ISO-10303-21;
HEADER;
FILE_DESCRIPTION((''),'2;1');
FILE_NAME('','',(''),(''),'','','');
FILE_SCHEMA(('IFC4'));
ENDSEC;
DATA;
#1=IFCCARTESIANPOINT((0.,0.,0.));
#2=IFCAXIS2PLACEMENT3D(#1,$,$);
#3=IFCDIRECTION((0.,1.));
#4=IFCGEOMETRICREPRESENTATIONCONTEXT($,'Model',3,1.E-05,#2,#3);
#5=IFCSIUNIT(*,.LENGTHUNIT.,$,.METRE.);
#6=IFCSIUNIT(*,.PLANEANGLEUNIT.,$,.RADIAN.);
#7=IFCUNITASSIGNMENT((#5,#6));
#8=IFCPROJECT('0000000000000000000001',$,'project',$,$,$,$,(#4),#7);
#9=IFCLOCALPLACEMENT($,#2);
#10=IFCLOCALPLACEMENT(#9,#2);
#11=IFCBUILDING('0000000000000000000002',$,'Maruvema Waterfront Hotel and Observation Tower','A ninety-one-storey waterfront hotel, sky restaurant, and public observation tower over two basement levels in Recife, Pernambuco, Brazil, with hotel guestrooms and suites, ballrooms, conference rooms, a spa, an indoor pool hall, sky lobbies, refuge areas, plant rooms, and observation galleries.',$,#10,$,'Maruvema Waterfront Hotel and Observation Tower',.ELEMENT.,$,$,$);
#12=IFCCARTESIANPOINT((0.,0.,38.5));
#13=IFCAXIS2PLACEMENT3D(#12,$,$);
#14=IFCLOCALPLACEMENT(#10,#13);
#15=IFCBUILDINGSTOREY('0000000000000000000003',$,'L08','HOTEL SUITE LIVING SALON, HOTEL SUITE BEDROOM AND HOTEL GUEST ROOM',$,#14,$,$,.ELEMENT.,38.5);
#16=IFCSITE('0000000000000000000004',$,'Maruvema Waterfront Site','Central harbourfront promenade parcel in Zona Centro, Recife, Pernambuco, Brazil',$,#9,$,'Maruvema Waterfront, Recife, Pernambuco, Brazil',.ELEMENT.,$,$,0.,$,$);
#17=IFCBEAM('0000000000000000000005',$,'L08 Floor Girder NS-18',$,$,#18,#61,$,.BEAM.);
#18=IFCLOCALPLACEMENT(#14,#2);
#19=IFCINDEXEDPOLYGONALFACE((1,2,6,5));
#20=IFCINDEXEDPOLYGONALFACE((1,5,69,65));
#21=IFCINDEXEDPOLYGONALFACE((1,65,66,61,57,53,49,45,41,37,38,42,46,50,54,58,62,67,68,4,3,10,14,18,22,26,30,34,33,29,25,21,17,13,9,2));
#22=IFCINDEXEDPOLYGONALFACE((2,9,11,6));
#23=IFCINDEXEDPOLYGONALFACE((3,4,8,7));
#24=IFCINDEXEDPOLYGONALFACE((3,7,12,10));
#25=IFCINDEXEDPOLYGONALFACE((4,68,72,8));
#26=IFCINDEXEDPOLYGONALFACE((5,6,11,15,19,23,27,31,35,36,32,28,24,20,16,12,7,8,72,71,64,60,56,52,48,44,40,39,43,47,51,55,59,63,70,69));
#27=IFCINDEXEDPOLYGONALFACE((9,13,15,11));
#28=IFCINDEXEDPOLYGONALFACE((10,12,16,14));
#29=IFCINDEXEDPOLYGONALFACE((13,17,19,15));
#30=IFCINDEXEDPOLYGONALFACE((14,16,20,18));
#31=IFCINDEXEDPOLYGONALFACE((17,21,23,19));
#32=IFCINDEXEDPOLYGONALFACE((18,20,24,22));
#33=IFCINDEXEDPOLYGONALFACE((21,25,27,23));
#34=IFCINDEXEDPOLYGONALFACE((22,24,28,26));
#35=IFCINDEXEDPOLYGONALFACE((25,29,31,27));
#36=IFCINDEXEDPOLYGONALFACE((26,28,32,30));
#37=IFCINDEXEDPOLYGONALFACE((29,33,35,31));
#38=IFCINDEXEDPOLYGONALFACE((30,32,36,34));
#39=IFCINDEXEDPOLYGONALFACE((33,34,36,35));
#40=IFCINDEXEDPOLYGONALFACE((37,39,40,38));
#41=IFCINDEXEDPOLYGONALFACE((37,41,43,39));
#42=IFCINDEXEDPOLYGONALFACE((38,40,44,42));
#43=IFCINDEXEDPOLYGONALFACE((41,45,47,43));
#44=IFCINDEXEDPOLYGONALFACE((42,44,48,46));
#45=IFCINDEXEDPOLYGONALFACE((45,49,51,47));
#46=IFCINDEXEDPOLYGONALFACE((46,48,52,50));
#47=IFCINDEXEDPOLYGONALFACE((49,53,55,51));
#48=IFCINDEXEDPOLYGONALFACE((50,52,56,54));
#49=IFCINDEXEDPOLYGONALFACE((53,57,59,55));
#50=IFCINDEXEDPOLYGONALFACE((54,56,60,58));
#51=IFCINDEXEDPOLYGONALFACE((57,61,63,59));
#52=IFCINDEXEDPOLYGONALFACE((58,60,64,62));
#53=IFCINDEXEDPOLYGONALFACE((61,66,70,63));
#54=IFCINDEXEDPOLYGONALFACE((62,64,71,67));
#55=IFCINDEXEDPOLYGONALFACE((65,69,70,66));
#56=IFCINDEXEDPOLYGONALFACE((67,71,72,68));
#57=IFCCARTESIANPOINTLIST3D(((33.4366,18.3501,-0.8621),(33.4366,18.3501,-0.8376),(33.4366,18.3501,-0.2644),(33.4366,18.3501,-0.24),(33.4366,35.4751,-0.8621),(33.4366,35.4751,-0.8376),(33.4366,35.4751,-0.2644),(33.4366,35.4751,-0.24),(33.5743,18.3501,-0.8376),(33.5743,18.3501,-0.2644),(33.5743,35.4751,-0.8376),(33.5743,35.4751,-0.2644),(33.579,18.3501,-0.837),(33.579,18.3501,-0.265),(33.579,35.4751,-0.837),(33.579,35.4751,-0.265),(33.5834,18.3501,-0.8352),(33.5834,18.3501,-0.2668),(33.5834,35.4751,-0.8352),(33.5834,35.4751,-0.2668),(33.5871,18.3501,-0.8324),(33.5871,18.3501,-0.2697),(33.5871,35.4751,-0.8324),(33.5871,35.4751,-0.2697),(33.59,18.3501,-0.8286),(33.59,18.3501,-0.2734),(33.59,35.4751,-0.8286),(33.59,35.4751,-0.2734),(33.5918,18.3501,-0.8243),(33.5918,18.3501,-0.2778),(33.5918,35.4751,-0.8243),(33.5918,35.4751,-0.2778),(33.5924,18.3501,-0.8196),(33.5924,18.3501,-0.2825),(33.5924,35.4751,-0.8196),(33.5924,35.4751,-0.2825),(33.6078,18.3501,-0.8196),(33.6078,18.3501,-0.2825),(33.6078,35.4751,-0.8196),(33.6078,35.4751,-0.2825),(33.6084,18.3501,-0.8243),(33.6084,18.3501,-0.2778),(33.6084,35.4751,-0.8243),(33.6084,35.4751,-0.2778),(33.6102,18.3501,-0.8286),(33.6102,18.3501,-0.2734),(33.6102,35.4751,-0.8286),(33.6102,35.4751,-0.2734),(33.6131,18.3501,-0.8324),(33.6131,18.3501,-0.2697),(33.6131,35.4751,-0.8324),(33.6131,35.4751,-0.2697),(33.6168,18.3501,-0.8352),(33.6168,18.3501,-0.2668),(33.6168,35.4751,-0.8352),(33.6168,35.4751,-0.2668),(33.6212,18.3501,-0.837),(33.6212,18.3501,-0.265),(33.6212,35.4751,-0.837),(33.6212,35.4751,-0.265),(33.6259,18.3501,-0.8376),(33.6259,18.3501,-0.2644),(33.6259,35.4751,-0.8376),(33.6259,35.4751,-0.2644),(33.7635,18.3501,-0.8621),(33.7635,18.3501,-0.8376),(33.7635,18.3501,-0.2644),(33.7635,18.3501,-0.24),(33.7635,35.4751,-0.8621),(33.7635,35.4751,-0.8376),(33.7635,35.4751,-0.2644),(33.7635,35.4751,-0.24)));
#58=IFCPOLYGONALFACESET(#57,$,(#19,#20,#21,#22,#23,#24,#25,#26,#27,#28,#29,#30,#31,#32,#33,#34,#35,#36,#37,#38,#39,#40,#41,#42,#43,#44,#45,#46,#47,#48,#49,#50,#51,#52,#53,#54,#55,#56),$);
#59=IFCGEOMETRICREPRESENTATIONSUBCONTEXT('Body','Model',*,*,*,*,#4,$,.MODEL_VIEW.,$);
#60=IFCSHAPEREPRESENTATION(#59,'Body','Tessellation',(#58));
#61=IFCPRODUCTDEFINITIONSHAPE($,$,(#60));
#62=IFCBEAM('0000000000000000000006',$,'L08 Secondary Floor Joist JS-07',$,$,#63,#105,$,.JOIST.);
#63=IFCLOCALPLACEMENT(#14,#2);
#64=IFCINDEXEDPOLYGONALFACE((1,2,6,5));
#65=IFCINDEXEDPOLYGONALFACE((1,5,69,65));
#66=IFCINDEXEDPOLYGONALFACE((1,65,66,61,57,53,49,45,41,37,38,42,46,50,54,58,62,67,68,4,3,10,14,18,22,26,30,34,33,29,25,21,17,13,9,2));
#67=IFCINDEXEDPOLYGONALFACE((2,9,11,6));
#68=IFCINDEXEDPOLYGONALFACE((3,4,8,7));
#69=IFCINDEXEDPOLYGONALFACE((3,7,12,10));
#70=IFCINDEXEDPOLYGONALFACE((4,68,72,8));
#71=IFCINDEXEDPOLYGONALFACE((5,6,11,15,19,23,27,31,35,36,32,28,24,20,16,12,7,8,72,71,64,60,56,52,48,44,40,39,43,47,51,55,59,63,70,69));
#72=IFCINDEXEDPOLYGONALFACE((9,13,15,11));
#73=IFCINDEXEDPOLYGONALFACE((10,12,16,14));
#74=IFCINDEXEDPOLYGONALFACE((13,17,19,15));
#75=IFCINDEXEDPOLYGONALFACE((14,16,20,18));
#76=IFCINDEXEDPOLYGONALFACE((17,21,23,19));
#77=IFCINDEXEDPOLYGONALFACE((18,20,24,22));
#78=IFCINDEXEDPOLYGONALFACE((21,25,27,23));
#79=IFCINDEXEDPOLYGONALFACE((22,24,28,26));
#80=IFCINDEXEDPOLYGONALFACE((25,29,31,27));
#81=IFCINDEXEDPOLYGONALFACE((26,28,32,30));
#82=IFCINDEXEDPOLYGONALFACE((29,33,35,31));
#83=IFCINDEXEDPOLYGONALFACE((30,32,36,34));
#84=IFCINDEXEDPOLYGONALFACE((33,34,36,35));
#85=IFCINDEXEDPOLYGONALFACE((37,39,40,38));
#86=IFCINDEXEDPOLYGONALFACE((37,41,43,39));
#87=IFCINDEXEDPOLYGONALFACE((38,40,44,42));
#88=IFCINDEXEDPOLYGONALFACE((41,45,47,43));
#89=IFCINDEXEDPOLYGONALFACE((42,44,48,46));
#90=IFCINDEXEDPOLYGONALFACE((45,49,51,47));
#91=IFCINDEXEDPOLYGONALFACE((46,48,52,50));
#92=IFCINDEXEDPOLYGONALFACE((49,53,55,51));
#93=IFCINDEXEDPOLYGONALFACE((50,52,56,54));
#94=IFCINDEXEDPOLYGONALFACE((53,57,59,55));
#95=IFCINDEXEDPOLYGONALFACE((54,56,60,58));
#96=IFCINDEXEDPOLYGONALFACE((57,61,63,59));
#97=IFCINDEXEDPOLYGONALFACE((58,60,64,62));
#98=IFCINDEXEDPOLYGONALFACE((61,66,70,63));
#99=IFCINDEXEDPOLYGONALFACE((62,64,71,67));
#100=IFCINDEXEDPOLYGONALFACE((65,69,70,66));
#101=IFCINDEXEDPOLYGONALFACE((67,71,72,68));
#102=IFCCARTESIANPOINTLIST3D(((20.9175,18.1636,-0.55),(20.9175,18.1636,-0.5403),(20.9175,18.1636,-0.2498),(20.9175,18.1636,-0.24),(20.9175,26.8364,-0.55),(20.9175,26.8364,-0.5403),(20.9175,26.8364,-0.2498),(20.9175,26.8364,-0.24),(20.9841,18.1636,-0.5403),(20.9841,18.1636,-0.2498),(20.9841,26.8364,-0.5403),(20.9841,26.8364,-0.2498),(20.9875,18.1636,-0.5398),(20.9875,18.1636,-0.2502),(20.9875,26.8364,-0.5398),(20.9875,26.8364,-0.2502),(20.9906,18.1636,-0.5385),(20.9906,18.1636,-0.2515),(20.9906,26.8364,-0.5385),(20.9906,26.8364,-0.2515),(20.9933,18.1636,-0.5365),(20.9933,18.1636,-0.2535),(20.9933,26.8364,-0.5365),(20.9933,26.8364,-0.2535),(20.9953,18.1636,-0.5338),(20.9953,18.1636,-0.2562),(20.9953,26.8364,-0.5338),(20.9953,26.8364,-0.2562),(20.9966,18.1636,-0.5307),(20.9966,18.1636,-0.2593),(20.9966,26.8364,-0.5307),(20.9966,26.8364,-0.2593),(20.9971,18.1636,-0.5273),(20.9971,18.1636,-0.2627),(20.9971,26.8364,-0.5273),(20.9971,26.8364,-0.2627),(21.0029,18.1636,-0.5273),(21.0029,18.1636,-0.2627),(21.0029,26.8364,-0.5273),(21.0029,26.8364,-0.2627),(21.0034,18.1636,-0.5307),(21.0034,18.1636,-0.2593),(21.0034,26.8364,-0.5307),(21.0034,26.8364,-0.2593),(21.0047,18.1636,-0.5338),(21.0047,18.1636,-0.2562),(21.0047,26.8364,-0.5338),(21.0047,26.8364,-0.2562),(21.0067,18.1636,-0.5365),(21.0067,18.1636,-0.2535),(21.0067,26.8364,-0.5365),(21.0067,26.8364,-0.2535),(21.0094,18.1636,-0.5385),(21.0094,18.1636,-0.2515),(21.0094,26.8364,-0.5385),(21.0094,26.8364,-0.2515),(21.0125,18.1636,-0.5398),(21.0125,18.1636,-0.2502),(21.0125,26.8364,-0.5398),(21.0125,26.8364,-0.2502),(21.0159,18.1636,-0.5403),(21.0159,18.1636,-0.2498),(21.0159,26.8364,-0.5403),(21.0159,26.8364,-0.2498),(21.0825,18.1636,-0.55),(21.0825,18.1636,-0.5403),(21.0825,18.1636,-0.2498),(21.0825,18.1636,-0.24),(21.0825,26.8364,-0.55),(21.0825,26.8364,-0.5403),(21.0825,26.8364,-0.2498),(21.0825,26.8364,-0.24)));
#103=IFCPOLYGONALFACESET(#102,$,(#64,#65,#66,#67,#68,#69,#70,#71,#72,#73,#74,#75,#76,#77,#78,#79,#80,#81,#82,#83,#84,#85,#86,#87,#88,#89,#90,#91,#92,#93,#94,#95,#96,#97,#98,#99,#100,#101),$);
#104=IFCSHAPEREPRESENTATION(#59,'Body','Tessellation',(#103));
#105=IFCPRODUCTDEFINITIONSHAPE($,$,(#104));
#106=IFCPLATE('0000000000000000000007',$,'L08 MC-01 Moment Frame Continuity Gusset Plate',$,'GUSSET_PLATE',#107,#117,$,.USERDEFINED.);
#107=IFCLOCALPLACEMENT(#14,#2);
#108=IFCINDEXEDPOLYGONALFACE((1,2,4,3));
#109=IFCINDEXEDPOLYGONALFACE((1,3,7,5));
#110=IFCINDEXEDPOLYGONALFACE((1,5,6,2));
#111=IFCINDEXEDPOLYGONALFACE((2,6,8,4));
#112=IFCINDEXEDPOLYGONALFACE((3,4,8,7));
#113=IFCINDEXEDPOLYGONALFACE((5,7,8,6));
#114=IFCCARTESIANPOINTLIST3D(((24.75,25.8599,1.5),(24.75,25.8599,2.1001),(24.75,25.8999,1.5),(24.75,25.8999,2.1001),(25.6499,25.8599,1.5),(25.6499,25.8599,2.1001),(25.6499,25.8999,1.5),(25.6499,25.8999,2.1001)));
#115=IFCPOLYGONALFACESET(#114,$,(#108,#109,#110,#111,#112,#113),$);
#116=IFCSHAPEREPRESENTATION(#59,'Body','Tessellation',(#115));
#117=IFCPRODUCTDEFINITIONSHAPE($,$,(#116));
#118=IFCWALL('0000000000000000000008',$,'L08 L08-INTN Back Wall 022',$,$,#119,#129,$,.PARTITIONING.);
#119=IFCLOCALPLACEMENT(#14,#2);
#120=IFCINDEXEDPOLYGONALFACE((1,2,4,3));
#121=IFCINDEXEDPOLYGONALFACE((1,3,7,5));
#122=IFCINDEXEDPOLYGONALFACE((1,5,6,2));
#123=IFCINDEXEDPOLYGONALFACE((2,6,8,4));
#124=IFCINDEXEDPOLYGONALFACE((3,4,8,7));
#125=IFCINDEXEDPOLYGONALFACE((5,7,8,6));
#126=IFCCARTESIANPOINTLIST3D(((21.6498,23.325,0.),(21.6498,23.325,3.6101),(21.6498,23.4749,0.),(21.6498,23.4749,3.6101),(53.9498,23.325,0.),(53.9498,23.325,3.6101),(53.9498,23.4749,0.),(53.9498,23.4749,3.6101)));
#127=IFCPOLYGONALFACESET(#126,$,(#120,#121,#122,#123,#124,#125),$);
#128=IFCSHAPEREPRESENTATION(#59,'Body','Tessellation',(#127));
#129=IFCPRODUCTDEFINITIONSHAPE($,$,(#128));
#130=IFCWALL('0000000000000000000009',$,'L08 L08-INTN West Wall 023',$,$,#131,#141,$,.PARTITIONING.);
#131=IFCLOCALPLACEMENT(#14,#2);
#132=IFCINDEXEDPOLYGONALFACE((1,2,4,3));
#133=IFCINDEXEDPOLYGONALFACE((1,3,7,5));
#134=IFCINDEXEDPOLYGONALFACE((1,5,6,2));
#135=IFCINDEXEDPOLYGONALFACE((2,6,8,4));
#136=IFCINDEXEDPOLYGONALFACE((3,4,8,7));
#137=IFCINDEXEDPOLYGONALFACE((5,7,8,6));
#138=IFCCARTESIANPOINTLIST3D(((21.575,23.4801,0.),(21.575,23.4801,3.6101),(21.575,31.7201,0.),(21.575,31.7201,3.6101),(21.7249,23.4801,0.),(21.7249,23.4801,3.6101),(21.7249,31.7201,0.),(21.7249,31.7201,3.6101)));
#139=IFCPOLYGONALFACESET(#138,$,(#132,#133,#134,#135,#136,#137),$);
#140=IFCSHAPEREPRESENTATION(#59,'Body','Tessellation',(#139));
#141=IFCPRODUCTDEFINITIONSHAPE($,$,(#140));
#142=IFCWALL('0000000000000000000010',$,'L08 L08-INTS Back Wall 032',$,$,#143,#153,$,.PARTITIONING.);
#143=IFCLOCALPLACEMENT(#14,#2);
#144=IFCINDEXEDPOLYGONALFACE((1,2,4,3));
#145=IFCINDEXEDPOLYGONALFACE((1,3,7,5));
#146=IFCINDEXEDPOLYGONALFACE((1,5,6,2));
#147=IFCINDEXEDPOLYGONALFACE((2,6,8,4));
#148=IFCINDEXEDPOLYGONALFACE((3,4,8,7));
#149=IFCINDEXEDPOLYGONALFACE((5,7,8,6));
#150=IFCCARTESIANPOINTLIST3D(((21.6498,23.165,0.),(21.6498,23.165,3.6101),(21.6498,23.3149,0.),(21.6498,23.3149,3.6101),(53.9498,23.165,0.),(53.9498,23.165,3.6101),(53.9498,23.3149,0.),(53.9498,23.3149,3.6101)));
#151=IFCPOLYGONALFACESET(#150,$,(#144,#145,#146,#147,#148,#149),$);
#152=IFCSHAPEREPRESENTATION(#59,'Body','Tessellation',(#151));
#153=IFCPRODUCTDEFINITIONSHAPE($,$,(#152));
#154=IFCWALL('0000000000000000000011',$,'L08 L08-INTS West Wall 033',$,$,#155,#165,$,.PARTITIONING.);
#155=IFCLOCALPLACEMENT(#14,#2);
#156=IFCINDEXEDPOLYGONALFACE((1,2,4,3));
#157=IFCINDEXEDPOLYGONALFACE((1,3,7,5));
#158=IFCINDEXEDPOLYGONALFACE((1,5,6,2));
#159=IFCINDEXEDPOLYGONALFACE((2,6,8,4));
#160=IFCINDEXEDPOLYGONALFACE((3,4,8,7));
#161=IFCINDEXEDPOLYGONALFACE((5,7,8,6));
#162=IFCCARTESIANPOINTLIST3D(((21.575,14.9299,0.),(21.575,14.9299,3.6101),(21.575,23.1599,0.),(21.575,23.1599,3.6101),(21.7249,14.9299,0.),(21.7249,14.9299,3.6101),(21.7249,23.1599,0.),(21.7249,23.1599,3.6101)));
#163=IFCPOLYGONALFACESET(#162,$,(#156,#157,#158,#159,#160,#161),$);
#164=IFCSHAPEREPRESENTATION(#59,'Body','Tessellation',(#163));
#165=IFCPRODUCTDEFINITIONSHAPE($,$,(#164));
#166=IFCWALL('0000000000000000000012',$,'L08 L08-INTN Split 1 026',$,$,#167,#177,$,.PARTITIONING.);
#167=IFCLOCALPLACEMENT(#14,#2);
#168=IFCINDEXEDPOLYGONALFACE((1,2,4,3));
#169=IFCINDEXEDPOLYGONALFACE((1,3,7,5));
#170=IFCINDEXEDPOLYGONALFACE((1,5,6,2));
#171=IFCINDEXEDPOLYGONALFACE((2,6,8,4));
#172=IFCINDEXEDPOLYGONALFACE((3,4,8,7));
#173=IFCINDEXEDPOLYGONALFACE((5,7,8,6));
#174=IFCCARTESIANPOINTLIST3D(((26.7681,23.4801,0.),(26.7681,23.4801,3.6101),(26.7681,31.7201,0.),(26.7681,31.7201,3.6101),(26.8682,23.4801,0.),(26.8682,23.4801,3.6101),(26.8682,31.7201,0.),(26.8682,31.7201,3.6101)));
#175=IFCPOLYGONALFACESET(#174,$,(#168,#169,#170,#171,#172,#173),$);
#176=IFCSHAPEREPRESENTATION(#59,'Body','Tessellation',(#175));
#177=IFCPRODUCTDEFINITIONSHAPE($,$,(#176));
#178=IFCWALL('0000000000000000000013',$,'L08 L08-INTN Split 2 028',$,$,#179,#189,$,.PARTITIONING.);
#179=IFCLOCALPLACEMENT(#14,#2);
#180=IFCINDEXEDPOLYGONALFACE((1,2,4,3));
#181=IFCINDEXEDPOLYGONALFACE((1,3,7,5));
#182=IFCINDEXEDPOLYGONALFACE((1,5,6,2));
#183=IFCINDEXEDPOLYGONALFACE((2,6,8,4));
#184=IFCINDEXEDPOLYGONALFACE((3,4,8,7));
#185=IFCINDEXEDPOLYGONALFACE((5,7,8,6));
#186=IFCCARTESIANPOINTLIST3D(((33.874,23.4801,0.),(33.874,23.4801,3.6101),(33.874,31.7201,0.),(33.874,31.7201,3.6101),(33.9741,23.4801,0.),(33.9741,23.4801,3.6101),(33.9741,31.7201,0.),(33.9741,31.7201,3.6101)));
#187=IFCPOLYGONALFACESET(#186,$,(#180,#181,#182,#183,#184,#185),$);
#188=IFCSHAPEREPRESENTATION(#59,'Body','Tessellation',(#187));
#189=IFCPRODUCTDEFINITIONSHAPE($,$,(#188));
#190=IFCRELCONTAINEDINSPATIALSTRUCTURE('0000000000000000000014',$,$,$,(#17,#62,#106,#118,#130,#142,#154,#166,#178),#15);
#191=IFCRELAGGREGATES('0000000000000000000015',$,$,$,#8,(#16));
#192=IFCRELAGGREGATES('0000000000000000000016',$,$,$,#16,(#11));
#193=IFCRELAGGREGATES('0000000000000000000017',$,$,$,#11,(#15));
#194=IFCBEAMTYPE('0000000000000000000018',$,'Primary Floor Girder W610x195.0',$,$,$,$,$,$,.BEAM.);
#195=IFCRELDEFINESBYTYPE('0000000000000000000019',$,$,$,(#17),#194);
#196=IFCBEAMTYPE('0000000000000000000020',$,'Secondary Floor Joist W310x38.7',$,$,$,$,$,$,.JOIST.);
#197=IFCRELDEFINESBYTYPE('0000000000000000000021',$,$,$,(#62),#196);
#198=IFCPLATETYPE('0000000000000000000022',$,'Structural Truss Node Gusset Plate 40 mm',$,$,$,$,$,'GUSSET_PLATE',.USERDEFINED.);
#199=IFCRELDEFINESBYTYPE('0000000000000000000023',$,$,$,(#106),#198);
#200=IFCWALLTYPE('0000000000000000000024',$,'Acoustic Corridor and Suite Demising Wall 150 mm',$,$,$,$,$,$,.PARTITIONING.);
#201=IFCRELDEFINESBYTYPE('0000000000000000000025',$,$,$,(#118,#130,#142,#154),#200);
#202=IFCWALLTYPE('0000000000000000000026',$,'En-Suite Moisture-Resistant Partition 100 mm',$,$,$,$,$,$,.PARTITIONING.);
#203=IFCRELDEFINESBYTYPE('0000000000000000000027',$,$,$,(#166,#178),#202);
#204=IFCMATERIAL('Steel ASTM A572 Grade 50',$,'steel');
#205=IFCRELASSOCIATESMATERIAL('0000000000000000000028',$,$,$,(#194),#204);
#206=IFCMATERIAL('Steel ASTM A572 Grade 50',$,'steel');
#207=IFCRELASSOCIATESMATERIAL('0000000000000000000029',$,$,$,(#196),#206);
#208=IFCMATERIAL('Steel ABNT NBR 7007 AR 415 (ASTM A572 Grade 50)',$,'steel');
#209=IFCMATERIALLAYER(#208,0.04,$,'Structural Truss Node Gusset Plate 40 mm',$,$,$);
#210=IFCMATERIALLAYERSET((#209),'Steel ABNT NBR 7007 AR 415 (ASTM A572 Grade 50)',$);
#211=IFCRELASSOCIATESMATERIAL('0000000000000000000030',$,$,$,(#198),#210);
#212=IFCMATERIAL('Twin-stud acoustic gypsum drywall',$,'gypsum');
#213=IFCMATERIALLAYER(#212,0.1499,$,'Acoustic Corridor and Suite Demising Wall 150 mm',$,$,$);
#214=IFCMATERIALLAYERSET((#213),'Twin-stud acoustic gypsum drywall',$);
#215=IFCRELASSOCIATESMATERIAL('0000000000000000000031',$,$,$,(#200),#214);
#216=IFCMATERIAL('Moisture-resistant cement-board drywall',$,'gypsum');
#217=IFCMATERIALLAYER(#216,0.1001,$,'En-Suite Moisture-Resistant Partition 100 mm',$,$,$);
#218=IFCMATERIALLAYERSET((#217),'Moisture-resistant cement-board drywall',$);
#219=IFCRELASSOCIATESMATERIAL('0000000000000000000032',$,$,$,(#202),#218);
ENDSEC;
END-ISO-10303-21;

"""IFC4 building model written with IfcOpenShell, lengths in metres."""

from ifc_helpers import new_model, si_unit, direction, frame, frame_2d, origin, origin_2d, place, context, subcontext, project, spatial, rectangle, i_section, extrude, material, layer, layer_set, material_profile, profile_set, type_object, element, save


model = new_model("IFC4")

# Units and contexts
model_context = context("Model", 3, precision=1e-05, world=origin(), true_north=direction((0.0, 1.0)))
body_context = subcontext(model_context, "Body", "Model", "MODEL_VIEW")
ifc_project = project(units=[si_unit("LENGTHUNIT", "METRE"), si_unit("PLANEANGLEUNIT", "RADIAN")], contexts=[model_context])

# Site, building, storey
site_placement = place(None, origin())
site = spatial("IfcSite", under=ifc_project, at=site_placement, Name="Maruvema Waterfront Site", Description="Central harbourfront promenade parcel in Zona Centro, Recife, Pernambuco, Brazil", LongName="Maruvema Waterfront, Recife, Pernambuco, Brazil", CompositionType="ELEMENT", RefElevation=0.0)
building_placement = place(site_placement, origin())
building = spatial("IfcBuilding", under=site, at=building_placement, Name="Maruvema Waterfront Hotel and Observation Tower", Description="A ninety-one-storey waterfront hotel, sky restaurant, and public observation tower over two basement levels in Recife, Pernambuco, Brazil, with hotel guestrooms and suites, ballrooms, conference rooms, a spa, an indoor pool hall, sky lobbies, refuge areas, plant rooms, and observation galleries.", LongName="Maruvema Waterfront Hotel and Observation Tower", CompositionType="ELEMENT")
storey_placement = place(building_placement, frame((0.0, 0.0, 38.5)))
storey = spatial("IfcBuildingStorey", under=building, at=storey_placement, Name="L08", Description="HOTEL SUITE LIVING SALON, HOTEL SUITE BEDROOM AND HOTEL GUEST ROOM", CompositionType="ELEMENT", Elevation=38.5)

# Beams
ifc_material_1 = material(Name="Steel ASTM A572 Grade 50", Category="steel")
ifc_material_profile_1 = material_profile(ifc_material_1, i_section(OverallWidth=0.3269, OverallDepth=0.6221, WebThickness=0.0154, FlangeThickness=0.0244, FilletRadius=0.0181, at=origin_2d()), Name="W610x195.0")
ifc_profile_set_1 = profile_set([ifc_material_profile_1], Name="Steel ASTM A572 Grade 50")
beam_type_1 = type_object("IfcBeamType", Name="Primary Floor Girder W610x195.0", PredefinedType="BEAM", material=ifc_profile_set_1)
beam_1_placement = place(storey_placement, frame((33.6001, 18.3501, -0.551), z_axis=(0.0, 1.0, 0.0), x_axis=(-1.0, 0.0, 0.0)))
element("IfcBeam", 1, at=beam_1_placement, inside=storey, type_object=beam_type_1, Name="L08 Floor Girder NS-18", PredefinedType="BEAM", context=body_context, shape_type="SweptSolid", body=[
    extrude(i_section(OverallWidth=0.3269, OverallDepth=0.6221, WebThickness=0.0154, FlangeThickness=0.0244, FilletRadius=0.0181, at=origin_2d()), origin(), (0.0, 0.0, 1.0), 17.125),
])
ifc_material_2 = material(Name="Steel ASTM A572 Grade 50", Category="steel")
ifc_material_profile_2 = material_profile(ifc_material_2, i_section(OverallWidth=0.165, OverallDepth=0.3101, WebThickness=0.0059, FlangeThickness=0.0098, FilletRadius=0.0129, at=origin_2d()), Name="W310x38.7")
ifc_profile_set_2 = profile_set([ifc_material_profile_2], Name="Steel ASTM A572 Grade 50")
beam_type_2 = type_object("IfcBeamType", Name="Secondary Floor Joist W310x38.7", PredefinedType="JOIST", material=ifc_profile_set_2)
beam_2_placement = place(storey_placement, frame((21.0, 18.1636, -0.395), z_axis=(0.0, 1.0, 0.0), x_axis=(-1.0, 0.0, 0.0)))
element("IfcBeam", 2, at=beam_2_placement, inside=storey, type_object=beam_type_2, Name="L08 Secondary Floor Joist JS-07", PredefinedType="JOIST", context=body_context, shape_type="SweptSolid", body=[
    extrude(i_section(OverallWidth=0.165, OverallDepth=0.3101, WebThickness=0.0059, FlangeThickness=0.0098, FilletRadius=0.0129, at=origin_2d()), origin(), (0.0, 0.0, 1.0), 8.6729),
])

# Plate
ifc_material_3 = material(Name="Steel ABNT NBR 7007 AR 415 (ASTM A572 Grade 50)", Category="steel")
ifc_layer_1 = layer(ifc_material_3, 0.04, Name="Structural Truss Node Gusset Plate 40 mm")
ifc_layer_set_1 = layer_set([ifc_layer_1], Name="Steel ABNT NBR 7007 AR 415 (ASTM A572 Grade 50)")
plate_type = type_object("IfcPlateType", Name="Structural Truss Node Gusset Plate 40 mm", ElementType="GUSSET_PLATE", PredefinedType="USERDEFINED", material=ifc_layer_set_1)
plate_placement = place(storey_placement, frame((25.2, 25.8799, 1.5), z_axis=(0.0, 0.0, 1.0), x_axis=(1.0, 0.0, 0.0)))
element("IfcPlate", 3, at=plate_placement, inside=storey, type_object=plate_type, Name="L08 MC-01 Moment Frame Continuity Gusset Plate", ObjectType="GUSSET_PLATE", PredefinedType="USERDEFINED", context=body_context, shape_type="SweptSolid", body=[
    extrude(rectangle(XDim=0.8999, YDim=0.04, at=origin_2d()), origin(), (0.0, 0.0, 1.0), 0.6001),
])

# Walls
ifc_material_4 = material(Name="Twin-stud acoustic gypsum drywall", Category="gypsum")
ifc_layer_2 = layer(ifc_material_4, 0.1499, Name="Acoustic Corridor and Suite Demising Wall 150 mm")
ifc_layer_set_2 = layer_set([ifc_layer_2], Name="Twin-stud acoustic gypsum drywall")
wall_type_1 = type_object("IfcWallType", Name="Acoustic Corridor and Suite Demising Wall 150 mm", PredefinedType="PARTITIONING", material=ifc_layer_set_2)
wall_1_placement = place(storey_placement, frame((21.6499, 23.3999, 0.0), z_axis=(0.0, 0.0, 1.0), x_axis=(1.0, 0.0, 0.0)))
element("IfcWall", 4, at=wall_1_placement, inside=storey, type_object=wall_type_1, Name="L08 L08-INTN Back Wall 022", PredefinedType="PARTITIONING", context=body_context, shape_type="SweptSolid", body=[
    extrude(rectangle(XDim=32.3, YDim=0.1499, at=frame_2d((16.1499, 0.0))), origin(), (0.0, 0.0, 1.0), 3.6101),
])
wall_2_placement = place(storey_placement, frame((21.6499, 23.48, 0.0), z_axis=(0.0, 0.0, 1.0), x_axis=(0.0, 1.0, 0.0)))
element("IfcWall", 5, at=wall_2_placement, inside=storey, type_object=wall_type_1, Name="L08 L08-INTN West Wall 023", PredefinedType="PARTITIONING", context=body_context, shape_type="SweptSolid", body=[
    extrude(rectangle(XDim=8.24, YDim=0.1499, at=frame_2d((4.1201, 0.0))), origin(), (0.0, 0.0, 1.0), 3.6101),
])
wall_3_placement = place(storey_placement, frame((21.6499, 23.24, 0.0), z_axis=(0.0, 0.0, 1.0), x_axis=(1.0, 0.0, 0.0)))
element("IfcWall", 6, at=wall_3_placement, inside=storey, type_object=wall_type_1, Name="L08 L08-INTS Back Wall 032", PredefinedType="PARTITIONING", context=body_context, shape_type="SweptSolid", body=[
    extrude(rectangle(XDim=32.3, YDim=0.1499, at=frame_2d((16.1499, 0.0))), origin(), (0.0, 0.0, 1.0), 3.6101),
])
wall_4_placement = place(storey_placement, frame((21.6499, 14.9299, 0.0), z_axis=(0.0, 0.0, 1.0), x_axis=(0.0, 1.0, 0.0)))
element("IfcWall", 7, at=wall_4_placement, inside=storey, type_object=wall_type_1, Name="L08 L08-INTS West Wall 033", PredefinedType="PARTITIONING", context=body_context, shape_type="SweptSolid", body=[
    extrude(rectangle(XDim=8.23, YDim=0.1499, at=frame_2d((4.115, 0.0))), origin(), (0.0, 0.0, 1.0), 3.6101),
])

# Walls
ifc_material_5 = material(Name="Moisture-resistant cement-board drywall", Category="gypsum")
ifc_layer_3 = layer(ifc_material_5, 0.1001, Name="En-Suite Moisture-Resistant Partition 100 mm")
ifc_layer_set_3 = layer_set([ifc_layer_3], Name="Moisture-resistant cement-board drywall")
wall_type_2 = type_object("IfcWallType", Name="En-Suite Moisture-Resistant Partition 100 mm", PredefinedType="PARTITIONING", material=ifc_layer_set_3)
for number, where, z_axis, x_axis, name in (
    (8, (26.8181, 23.48, 0.0), (0.0, 0.0, 1.0), (0.0, 1.0, 0.0), "L08 L08-INTN Split 1 026"),
    (9, (33.9241, 23.48, 0.0), (0.0, 0.0, 1.0), (0.0, 1.0, 0.0), "L08 L08-INTN Split 2 028"),
):
    element("IfcWall", number, at=place(storey_placement, frame(where, z_axis=z_axis, x_axis=x_axis)), inside=storey, type_object=wall_type_2, Name=name, PredefinedType="PARTITIONING", context=body_context, shape_type="SweptSolid", body=[
        extrude(rectangle(XDim=8.24, YDim=0.1001, at=frame_2d((4.1201, 0.0))), origin(), (0.0, 0.0, 1.0), 3.6101),
    ])

save(model, "model.ifc")
